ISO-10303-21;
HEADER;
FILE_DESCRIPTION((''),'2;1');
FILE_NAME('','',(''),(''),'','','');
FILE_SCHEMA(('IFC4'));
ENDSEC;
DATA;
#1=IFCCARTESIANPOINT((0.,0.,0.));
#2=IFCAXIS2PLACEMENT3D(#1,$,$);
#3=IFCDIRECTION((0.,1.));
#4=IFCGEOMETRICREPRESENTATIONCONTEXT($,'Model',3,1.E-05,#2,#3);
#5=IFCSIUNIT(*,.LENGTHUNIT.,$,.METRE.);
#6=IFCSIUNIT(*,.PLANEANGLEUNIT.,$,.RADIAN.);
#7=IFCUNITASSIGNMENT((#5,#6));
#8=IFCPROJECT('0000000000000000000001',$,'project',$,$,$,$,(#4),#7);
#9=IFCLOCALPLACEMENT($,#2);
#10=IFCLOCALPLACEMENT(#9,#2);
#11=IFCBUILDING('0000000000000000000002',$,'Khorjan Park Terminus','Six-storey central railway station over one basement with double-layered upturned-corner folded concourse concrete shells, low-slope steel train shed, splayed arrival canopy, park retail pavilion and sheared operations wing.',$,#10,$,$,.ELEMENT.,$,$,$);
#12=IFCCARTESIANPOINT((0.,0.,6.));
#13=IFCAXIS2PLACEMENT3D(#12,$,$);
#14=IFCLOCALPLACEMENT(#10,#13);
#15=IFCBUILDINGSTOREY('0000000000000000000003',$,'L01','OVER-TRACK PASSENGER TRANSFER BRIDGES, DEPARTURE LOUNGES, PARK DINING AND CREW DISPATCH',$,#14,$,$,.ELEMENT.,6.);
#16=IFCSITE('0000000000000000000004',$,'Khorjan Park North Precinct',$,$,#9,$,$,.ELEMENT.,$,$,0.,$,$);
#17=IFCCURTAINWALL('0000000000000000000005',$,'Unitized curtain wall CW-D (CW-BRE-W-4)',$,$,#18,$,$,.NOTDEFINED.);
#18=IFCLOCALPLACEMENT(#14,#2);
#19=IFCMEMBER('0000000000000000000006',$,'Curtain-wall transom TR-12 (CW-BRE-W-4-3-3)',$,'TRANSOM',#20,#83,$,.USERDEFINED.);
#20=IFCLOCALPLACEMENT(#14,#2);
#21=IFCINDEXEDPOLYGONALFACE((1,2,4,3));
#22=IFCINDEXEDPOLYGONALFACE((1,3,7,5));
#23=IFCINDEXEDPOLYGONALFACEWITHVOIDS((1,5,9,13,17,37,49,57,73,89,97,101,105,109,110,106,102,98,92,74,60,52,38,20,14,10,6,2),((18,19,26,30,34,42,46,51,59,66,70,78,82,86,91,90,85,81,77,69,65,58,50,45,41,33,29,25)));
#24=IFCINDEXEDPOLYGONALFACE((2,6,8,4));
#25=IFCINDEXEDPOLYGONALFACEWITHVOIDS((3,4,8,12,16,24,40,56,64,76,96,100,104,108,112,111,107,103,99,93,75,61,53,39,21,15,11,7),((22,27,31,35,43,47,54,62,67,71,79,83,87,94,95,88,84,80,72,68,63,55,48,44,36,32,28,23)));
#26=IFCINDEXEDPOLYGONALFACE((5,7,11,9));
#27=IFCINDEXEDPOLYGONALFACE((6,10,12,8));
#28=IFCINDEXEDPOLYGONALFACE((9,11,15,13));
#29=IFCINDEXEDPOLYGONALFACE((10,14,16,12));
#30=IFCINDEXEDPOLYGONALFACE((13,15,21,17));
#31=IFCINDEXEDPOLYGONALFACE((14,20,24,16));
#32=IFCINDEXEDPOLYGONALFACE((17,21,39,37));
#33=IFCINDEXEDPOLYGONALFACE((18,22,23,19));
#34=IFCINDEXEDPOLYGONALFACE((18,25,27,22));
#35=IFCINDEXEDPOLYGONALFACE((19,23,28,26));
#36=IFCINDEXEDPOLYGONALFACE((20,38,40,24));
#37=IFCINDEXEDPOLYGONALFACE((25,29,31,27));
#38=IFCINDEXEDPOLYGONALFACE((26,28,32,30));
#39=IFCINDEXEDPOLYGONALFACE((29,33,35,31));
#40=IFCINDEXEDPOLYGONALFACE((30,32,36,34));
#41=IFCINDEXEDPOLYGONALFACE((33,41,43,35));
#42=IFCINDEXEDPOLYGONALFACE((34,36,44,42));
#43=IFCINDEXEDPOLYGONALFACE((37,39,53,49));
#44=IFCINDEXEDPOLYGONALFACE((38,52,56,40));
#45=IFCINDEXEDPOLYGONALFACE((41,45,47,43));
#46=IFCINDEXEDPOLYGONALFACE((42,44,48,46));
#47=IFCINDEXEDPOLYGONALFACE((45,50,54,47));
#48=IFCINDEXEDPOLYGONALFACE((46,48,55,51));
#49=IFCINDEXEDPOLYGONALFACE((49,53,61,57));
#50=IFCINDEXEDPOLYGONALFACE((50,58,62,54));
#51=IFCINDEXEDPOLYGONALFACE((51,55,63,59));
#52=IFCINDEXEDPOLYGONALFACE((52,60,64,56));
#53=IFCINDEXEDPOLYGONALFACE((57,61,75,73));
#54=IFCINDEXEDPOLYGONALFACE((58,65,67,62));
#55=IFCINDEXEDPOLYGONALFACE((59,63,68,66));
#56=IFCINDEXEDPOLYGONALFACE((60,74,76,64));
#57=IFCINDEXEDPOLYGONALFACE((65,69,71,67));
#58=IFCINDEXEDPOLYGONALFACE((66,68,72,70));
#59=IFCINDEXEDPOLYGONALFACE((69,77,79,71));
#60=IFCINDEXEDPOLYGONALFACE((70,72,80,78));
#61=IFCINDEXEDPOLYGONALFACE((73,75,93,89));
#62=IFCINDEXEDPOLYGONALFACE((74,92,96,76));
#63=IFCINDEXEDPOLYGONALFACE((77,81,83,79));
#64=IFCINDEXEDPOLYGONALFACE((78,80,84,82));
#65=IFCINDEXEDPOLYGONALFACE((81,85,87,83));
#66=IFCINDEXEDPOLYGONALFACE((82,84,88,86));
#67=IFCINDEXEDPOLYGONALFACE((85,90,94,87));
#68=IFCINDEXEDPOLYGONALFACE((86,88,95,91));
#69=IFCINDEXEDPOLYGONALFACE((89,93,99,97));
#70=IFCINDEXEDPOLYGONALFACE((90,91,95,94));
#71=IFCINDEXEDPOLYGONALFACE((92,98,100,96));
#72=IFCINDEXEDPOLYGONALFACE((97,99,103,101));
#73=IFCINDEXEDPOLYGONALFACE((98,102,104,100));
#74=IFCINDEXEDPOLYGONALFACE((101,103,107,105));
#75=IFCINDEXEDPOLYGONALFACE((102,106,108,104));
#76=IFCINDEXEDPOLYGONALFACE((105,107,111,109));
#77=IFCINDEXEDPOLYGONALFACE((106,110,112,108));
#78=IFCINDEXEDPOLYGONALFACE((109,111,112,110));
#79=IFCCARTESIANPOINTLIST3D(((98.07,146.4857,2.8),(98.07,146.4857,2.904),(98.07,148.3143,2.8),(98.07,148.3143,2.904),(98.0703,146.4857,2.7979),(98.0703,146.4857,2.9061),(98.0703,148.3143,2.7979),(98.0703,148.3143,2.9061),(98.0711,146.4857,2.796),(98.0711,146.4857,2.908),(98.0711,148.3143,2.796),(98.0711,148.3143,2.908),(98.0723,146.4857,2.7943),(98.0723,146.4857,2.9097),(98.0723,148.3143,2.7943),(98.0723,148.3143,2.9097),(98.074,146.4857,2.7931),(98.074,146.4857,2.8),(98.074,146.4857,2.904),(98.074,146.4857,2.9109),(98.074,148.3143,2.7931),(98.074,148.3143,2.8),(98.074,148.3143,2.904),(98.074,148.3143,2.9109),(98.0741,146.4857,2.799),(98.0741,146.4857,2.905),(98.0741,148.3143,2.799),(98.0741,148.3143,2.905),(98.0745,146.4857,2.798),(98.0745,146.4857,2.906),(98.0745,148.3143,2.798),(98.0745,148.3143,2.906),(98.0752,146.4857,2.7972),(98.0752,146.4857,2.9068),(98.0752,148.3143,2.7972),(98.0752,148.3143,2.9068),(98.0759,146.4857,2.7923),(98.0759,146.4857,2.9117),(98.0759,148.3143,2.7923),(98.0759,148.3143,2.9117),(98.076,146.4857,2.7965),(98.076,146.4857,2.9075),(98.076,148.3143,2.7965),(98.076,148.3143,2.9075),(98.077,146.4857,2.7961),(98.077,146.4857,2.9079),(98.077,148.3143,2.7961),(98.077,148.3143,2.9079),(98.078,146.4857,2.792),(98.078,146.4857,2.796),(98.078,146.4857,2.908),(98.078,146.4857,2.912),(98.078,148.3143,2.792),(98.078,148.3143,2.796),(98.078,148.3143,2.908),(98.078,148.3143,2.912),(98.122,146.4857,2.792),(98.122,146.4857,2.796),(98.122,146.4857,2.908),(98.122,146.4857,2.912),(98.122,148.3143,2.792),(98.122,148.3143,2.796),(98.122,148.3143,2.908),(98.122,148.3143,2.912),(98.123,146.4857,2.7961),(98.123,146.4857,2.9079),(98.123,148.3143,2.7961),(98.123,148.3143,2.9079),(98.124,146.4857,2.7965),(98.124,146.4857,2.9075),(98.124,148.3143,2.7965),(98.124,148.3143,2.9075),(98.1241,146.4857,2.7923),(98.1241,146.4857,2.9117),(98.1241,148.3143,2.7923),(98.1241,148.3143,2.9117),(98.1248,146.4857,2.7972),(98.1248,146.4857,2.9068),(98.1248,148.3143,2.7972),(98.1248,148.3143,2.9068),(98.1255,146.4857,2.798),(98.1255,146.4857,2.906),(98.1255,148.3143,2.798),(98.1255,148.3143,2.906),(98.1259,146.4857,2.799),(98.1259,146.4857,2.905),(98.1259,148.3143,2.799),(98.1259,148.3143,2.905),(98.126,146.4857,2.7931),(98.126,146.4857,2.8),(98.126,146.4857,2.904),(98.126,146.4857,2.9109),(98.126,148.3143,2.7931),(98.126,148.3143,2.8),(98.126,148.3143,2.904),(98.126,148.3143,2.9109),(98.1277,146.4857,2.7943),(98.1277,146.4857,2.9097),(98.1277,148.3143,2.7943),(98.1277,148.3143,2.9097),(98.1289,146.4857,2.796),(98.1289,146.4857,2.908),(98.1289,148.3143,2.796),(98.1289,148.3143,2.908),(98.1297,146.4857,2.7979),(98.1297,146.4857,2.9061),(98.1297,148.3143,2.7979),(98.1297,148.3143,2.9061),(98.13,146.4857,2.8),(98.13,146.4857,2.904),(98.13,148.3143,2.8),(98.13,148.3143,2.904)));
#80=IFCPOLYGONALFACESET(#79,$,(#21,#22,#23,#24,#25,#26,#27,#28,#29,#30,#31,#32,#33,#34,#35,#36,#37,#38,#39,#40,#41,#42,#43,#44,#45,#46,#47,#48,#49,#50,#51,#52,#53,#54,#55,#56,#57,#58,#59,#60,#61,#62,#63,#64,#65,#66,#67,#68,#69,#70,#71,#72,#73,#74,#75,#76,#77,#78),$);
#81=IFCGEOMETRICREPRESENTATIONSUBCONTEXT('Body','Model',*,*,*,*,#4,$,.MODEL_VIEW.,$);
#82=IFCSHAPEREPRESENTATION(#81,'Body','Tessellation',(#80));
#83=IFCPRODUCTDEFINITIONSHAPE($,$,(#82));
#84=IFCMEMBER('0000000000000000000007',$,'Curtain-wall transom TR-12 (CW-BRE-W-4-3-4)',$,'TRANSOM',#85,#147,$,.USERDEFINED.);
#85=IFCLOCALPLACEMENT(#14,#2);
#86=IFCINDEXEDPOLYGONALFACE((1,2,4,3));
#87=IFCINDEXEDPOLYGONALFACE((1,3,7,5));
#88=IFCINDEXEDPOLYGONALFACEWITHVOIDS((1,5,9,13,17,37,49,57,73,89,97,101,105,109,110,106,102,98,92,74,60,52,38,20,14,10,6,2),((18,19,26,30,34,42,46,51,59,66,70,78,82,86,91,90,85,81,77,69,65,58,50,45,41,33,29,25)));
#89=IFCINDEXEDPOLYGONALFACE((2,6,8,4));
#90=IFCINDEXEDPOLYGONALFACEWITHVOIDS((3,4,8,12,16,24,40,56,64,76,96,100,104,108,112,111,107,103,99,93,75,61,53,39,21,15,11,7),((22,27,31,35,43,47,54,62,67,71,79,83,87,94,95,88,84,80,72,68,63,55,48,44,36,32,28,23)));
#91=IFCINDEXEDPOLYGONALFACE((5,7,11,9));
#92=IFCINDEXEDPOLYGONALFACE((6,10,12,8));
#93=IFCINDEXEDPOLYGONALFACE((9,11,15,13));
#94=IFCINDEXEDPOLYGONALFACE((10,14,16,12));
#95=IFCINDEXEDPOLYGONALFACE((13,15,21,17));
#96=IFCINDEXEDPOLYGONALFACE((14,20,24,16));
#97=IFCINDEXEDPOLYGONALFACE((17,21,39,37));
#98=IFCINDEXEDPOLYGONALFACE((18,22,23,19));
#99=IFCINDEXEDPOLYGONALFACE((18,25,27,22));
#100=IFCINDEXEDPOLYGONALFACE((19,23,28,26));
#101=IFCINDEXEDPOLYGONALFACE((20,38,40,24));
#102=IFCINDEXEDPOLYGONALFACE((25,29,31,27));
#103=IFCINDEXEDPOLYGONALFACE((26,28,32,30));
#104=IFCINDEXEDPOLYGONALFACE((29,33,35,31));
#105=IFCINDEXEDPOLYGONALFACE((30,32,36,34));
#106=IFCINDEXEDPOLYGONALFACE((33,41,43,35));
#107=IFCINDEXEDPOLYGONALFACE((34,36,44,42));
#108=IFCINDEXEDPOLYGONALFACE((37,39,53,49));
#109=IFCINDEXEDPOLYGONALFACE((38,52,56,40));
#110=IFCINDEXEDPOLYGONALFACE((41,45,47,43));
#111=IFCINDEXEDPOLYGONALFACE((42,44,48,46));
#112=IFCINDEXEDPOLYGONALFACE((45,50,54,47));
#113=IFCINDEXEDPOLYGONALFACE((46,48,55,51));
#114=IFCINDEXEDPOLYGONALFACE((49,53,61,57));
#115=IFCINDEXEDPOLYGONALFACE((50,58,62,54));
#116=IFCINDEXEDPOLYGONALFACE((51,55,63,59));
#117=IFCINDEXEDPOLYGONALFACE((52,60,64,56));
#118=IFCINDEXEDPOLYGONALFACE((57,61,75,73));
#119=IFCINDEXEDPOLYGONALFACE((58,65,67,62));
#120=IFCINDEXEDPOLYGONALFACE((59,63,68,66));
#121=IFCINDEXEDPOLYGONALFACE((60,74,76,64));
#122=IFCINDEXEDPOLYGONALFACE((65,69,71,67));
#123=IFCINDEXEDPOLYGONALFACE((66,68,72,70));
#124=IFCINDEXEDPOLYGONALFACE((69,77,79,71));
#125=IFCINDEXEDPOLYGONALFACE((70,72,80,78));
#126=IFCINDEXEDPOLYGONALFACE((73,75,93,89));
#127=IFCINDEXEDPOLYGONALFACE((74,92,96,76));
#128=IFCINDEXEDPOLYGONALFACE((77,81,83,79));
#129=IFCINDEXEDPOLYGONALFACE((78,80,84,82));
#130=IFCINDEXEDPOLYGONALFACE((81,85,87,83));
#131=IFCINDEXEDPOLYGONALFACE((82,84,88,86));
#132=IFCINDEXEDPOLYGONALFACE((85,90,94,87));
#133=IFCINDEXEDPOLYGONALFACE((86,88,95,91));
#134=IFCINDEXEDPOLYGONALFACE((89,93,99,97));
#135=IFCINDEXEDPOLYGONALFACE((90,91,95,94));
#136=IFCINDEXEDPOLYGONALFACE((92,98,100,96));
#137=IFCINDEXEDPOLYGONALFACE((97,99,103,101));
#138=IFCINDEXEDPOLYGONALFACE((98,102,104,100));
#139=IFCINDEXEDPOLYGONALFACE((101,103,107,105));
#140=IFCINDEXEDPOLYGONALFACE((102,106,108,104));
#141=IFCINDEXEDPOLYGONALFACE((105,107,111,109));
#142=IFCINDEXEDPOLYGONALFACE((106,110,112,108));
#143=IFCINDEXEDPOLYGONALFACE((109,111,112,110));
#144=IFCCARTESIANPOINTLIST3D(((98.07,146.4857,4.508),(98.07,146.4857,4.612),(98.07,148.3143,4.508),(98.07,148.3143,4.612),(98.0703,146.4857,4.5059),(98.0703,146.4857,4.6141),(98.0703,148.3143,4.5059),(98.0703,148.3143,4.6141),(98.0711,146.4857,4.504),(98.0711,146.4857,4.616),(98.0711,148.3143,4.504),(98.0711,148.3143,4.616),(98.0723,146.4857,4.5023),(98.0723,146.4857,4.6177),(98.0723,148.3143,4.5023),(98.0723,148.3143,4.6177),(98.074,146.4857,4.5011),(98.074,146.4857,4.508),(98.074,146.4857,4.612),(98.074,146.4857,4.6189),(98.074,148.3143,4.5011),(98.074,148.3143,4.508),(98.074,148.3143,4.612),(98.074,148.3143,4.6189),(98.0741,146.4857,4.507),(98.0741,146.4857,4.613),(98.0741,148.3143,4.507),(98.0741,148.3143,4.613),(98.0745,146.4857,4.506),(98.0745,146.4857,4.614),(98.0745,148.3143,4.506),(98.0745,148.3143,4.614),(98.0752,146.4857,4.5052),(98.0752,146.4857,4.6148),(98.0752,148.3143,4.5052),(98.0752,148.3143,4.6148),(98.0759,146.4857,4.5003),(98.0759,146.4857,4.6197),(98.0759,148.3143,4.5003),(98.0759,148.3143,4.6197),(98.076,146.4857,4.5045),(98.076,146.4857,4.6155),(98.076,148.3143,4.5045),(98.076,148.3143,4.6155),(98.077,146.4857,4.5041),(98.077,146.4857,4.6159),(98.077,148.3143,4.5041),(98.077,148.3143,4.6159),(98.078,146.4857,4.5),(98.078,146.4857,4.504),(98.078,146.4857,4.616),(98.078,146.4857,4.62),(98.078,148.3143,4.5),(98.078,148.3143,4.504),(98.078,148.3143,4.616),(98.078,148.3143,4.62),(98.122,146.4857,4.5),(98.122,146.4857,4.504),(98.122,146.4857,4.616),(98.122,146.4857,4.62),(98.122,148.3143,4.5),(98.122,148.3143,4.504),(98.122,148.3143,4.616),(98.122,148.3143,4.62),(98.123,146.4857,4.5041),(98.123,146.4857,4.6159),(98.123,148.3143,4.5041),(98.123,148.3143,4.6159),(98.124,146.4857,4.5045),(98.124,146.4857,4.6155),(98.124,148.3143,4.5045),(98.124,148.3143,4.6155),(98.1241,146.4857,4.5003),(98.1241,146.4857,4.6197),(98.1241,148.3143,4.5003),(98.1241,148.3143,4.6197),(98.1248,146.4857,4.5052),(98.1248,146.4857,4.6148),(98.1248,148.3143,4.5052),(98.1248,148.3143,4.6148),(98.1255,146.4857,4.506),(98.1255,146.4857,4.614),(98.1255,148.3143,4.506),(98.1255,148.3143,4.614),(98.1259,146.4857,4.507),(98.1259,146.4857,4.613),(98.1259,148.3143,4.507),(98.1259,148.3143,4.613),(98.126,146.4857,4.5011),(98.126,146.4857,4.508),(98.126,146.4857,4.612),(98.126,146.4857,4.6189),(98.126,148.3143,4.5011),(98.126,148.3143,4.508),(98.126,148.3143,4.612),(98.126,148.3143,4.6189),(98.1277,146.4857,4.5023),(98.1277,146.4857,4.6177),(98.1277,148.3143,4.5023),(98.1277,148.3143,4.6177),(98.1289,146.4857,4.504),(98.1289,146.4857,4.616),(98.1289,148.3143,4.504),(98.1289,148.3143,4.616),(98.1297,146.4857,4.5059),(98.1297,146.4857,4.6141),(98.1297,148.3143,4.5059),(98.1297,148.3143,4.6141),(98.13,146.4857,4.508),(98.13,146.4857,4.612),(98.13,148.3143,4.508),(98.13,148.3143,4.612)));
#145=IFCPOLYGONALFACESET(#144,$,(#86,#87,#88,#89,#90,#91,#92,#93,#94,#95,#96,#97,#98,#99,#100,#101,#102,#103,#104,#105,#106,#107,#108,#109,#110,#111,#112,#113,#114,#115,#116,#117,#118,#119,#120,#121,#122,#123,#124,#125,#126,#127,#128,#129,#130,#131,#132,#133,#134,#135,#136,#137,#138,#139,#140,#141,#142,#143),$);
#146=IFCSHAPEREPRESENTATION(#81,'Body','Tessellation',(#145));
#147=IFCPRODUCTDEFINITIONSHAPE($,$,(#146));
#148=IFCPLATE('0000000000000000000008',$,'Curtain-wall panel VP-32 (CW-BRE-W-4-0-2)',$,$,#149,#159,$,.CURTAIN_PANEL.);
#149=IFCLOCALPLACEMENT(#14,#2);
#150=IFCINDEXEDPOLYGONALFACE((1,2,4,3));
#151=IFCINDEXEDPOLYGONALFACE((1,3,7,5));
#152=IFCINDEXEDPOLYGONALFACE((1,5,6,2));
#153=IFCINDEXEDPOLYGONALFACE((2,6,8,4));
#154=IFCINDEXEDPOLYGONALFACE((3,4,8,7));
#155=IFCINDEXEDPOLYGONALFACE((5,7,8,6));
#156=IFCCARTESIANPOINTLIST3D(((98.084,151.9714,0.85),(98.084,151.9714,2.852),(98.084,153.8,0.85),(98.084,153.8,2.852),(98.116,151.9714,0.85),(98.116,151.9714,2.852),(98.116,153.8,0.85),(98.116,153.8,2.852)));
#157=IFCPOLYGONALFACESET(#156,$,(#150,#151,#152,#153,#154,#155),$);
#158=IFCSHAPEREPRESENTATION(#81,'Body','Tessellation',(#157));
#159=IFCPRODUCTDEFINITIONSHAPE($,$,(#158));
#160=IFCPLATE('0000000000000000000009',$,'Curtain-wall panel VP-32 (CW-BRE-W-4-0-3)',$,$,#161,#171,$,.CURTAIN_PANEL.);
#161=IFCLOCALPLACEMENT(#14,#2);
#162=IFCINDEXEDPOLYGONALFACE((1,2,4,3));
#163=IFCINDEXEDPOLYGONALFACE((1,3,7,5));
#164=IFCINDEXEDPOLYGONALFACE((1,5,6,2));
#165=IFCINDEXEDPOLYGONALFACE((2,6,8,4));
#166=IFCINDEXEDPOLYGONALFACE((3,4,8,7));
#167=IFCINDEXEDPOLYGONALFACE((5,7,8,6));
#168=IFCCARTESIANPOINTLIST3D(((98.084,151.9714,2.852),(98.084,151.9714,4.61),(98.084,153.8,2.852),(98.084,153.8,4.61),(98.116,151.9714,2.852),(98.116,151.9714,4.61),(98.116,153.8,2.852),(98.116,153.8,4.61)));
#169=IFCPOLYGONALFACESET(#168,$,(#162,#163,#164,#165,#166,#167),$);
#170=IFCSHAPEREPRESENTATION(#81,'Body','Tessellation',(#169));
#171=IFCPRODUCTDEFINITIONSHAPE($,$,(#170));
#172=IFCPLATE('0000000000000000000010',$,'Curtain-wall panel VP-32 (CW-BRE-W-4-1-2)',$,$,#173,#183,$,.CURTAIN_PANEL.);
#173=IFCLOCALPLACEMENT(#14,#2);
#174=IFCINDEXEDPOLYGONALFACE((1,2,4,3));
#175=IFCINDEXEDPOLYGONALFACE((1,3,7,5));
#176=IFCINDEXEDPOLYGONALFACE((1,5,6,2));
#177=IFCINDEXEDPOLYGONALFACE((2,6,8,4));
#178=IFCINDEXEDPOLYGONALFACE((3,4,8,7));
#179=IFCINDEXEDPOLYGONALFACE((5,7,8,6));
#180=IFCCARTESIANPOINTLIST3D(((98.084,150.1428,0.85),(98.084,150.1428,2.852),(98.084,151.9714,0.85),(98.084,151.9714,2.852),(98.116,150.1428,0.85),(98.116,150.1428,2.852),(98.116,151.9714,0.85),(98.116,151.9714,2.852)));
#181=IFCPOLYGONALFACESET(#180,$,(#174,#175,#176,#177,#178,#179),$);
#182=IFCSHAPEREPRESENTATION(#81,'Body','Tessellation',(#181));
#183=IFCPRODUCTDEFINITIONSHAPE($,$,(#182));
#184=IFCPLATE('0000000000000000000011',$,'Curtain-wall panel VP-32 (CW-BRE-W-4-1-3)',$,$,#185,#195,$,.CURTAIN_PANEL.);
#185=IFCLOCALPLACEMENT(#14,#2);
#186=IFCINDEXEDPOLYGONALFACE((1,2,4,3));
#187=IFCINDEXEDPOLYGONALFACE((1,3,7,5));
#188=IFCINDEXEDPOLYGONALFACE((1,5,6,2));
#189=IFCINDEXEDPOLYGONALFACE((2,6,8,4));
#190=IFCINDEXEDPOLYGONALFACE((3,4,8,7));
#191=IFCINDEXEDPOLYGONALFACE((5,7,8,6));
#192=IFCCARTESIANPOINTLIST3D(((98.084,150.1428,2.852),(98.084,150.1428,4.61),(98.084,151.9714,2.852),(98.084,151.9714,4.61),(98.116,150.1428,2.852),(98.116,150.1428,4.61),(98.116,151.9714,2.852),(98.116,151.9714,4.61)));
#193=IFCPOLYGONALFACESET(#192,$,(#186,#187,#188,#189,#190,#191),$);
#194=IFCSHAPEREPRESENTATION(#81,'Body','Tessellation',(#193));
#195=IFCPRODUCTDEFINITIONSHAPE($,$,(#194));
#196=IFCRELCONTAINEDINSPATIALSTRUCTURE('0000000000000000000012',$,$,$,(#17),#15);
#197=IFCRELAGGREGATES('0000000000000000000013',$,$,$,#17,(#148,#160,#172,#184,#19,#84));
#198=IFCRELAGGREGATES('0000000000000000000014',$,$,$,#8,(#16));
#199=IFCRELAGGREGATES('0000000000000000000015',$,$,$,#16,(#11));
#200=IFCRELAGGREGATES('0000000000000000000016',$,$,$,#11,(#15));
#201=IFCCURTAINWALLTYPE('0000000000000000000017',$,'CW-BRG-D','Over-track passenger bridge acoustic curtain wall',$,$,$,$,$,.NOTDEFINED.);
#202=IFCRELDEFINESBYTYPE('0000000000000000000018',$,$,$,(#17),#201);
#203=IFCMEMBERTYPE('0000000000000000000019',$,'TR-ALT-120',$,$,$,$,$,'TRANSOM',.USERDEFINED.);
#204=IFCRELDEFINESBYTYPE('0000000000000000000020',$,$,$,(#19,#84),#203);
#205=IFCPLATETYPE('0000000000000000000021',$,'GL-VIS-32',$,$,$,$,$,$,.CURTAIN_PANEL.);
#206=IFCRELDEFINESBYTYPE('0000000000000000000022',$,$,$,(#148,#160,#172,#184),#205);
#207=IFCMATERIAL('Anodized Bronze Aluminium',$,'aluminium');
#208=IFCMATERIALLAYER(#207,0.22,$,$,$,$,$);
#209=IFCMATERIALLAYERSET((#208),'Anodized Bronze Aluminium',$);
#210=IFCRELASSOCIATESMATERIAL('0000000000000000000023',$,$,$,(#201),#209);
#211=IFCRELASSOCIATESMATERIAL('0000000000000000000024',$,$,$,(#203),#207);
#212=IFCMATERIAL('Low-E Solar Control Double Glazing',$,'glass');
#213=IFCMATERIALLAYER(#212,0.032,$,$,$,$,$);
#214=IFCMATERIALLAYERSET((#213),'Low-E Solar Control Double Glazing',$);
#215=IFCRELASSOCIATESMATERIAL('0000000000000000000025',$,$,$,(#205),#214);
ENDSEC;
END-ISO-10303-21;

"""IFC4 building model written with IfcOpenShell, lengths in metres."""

from ifc_helpers import new_model, si_unit, direction, frame, origin, origin_2d, place, context, subcontext, project, spatial, rectangle, hollow_rectangle, extrude, material, layer, layer_set, material_profile, profile_set, type_object, element, aggregate, save


model = new_model("IFC4")

# Units and contexts
model_context = context("Model", 3, precision=1e-05, world=origin(), true_north=direction((0.0, 1.0)))
body_context = subcontext(model_context, "Body", "Model", "MODEL_VIEW")
ifc_project = project(units=[si_unit("LENGTHUNIT", "METRE"), si_unit("PLANEANGLEUNIT", "RADIAN")], contexts=[model_context])

# Site, building, storey
site_placement = place(None, origin())
site = spatial("IfcSite", under=ifc_project, at=site_placement, Name="Khorjan Park North Precinct", CompositionType="ELEMENT", RefElevation=0.0)
building_placement = place(site_placement, origin())
building = spatial("IfcBuilding", under=site, at=building_placement, Name="Khorjan Park Terminus", Description="Six-storey central railway station over one basement with double-layered upturned-corner folded concourse concrete shells, low-slope steel train shed, splayed arrival canopy, park retail pavilion and sheared operations wing.", CompositionType="ELEMENT")
storey_placement = place(building_placement, frame((0.0, 0.0, 6.0)))
storey = spatial("IfcBuildingStorey", under=building, at=storey_placement, Name="L01", Description="OVER-TRACK PASSENGER TRANSFER BRIDGES, DEPARTURE LOUNGES, PARK DINING AND CREW DISPATCH", CompositionType="ELEMENT", Elevation=6.0)

# Curtain wall, members, plates
ifc_material_1 = material(Name="Anodized Bronze Aluminium", Category="aluminium")
ifc_layer_1 = layer(ifc_material_1, 0.22)
ifc_layer_set_1 = layer_set([ifc_layer_1], Name="Anodized Bronze Aluminium")
curtain_wall_type = type_object("IfcCurtainWallType", Name="CW-BRG-D", Description="Over-track passenger bridge acoustic curtain wall", PredefinedType="NOTDEFINED", material=ifc_layer_set_1)
curtain_wall_1_placement = place(storey_placement, origin())
curtain_wall_1 = element("IfcCurtainWall", 1, at=curtain_wall_1_placement, inside=storey, type_object=curtain_wall_type, Name="Unitized curtain wall CW-D (CW-BRE-W-4)", PredefinedType="NOTDEFINED")
ifc_material_profile_1 = material_profile(ifc_material_1, hollow_rectangle(XDim=0.06, YDim=0.12, WallThickness=0.004, InnerFilletRadius=0.004, OuterFilletRadius=0.008, at=origin_2d()), Name="ALT 60x120x4")
ifc_profile_set_1 = profile_set([ifc_material_profile_1], Name="Anodized Bronze Aluminium")
member_type_1 = type_object("IfcMemberType", Name="TR-ALT-120", ElementType="TRANSOM", PredefinedType="USERDEFINED", material=ifc_profile_set_1)
member_1_placement = place(storey_placement, frame((98.1, 148.3143, 2.852), z_axis=(0.0, -1.0, 0.0), x_axis=(1.0, 0.0, 0.0)))
member_1 = element("IfcMember", 2, at=member_1_placement, type_object=member_type_1, Name="Curtain-wall transom TR-12 (CW-BRE-W-4-3-3)", ObjectType="TRANSOM", PredefinedType="USERDEFINED", context=body_context, shape_type="SweptSolid", body=[
    extrude(hollow_rectangle(XDim=0.06, YDim=0.12, WallThickness=0.004, InnerFilletRadius=0.004, OuterFilletRadius=0.008, at=origin_2d()), origin(), (0.0, 0.0, 1.0), 1.8286),
])
member_2_placement = place(storey_placement, frame((98.1, 148.3143, 4.56), z_axis=(0.0, -1.0, 0.0), x_axis=(1.0, 0.0, 0.0)))
member_2 = element("IfcMember", 3, at=member_2_placement, type_object=member_type_1, Name="Curtain-wall transom TR-12 (CW-BRE-W-4-3-4)", ObjectType="TRANSOM", PredefinedType="USERDEFINED", context=body_context, shape_type="SweptSolid", body=[
    extrude(hollow_rectangle(XDim=0.06, YDim=0.12, WallThickness=0.004, InnerFilletRadius=0.004, OuterFilletRadius=0.008, at=origin_2d()), origin(), (0.0, 0.0, 1.0), 1.8286),
])
ifc_material_2 = material(Name="Low-E Solar Control Double Glazing", Category="glass")
ifc_layer_2 = layer(ifc_material_2, 0.032)
ifc_layer_set_2 = layer_set([ifc_layer_2], Name="Low-E Solar Control Double Glazing")
plate_type_1 = type_object("IfcPlateType", Name="GL-VIS-32", PredefinedType="CURTAIN_PANEL", material=ifc_layer_set_2)
plate_1_placement = place(storey_placement, frame((98.1, 152.8857, 0.85), z_axis=(0.0, 0.0, 1.0), x_axis=(0.0, -1.0, 0.0)))
plate_1 = element("IfcPlate", 4, at=plate_1_placement, type_object=plate_type_1, Name="Curtain-wall panel VP-32 (CW-BRE-W-4-0-2)", PredefinedType="CURTAIN_PANEL", context=body_context, shape_type="SweptSolid", body=[
    extrude(rectangle(XDim=1.8286, YDim=0.032, at=origin_2d()), origin(), (0.0, 0.0, 1.0), 2.002),
])
plate_2_placement = place(storey_placement, frame((98.1, 152.8857, 2.852), z_axis=(0.0, 0.0, 1.0), x_axis=(0.0, -1.0, 0.0)))
plate_2 = element("IfcPlate", 5, at=plate_2_placement, type_object=plate_type_1, Name="Curtain-wall panel VP-32 (CW-BRE-W-4-0-3)", PredefinedType="CURTAIN_PANEL", context=body_context, shape_type="SweptSolid", body=[
    extrude(rectangle(XDim=1.8286, YDim=0.032, at=origin_2d()), origin(), (0.0, 0.0, 1.0), 1.758),
])
plate_3_placement = place(storey_placement, frame((98.1, 151.0571, 0.85), z_axis=(0.0, 0.0, 1.0), x_axis=(0.0, -1.0, 0.0)))
plate_3 = element("IfcPlate", 6, at=plate_3_placement, type_object=plate_type_1, Name="Curtain-wall panel VP-32 (CW-BRE-W-4-1-2)", PredefinedType="CURTAIN_PANEL", context=body_context, shape_type="SweptSolid", body=[
    extrude(rectangle(XDim=1.8286, YDim=0.032, at=origin_2d()), origin(), (0.0, 0.0, 1.0), 2.002),
])
plate_4_placement = place(storey_placement, frame((98.1, 151.0571, 2.852), z_axis=(0.0, 0.0, 1.0), x_axis=(0.0, -1.0, 0.0)))
plate_4 = element("IfcPlate", 7, at=plate_4_placement, type_object=plate_type_1, Name="Curtain-wall panel VP-32 (CW-BRE-W-4-1-3)", PredefinedType="CURTAIN_PANEL", context=body_context, shape_type="SweptSolid", body=[
    extrude(rectangle(XDim=1.8286, YDim=0.032, at=origin_2d()), origin(), (0.0, 0.0, 1.0), 1.758),
])

aggregate(curtain_wall_1, [plate_1, plate_2, plate_3, plate_4, member_1, member_2])

save(model, "model.ifc")
